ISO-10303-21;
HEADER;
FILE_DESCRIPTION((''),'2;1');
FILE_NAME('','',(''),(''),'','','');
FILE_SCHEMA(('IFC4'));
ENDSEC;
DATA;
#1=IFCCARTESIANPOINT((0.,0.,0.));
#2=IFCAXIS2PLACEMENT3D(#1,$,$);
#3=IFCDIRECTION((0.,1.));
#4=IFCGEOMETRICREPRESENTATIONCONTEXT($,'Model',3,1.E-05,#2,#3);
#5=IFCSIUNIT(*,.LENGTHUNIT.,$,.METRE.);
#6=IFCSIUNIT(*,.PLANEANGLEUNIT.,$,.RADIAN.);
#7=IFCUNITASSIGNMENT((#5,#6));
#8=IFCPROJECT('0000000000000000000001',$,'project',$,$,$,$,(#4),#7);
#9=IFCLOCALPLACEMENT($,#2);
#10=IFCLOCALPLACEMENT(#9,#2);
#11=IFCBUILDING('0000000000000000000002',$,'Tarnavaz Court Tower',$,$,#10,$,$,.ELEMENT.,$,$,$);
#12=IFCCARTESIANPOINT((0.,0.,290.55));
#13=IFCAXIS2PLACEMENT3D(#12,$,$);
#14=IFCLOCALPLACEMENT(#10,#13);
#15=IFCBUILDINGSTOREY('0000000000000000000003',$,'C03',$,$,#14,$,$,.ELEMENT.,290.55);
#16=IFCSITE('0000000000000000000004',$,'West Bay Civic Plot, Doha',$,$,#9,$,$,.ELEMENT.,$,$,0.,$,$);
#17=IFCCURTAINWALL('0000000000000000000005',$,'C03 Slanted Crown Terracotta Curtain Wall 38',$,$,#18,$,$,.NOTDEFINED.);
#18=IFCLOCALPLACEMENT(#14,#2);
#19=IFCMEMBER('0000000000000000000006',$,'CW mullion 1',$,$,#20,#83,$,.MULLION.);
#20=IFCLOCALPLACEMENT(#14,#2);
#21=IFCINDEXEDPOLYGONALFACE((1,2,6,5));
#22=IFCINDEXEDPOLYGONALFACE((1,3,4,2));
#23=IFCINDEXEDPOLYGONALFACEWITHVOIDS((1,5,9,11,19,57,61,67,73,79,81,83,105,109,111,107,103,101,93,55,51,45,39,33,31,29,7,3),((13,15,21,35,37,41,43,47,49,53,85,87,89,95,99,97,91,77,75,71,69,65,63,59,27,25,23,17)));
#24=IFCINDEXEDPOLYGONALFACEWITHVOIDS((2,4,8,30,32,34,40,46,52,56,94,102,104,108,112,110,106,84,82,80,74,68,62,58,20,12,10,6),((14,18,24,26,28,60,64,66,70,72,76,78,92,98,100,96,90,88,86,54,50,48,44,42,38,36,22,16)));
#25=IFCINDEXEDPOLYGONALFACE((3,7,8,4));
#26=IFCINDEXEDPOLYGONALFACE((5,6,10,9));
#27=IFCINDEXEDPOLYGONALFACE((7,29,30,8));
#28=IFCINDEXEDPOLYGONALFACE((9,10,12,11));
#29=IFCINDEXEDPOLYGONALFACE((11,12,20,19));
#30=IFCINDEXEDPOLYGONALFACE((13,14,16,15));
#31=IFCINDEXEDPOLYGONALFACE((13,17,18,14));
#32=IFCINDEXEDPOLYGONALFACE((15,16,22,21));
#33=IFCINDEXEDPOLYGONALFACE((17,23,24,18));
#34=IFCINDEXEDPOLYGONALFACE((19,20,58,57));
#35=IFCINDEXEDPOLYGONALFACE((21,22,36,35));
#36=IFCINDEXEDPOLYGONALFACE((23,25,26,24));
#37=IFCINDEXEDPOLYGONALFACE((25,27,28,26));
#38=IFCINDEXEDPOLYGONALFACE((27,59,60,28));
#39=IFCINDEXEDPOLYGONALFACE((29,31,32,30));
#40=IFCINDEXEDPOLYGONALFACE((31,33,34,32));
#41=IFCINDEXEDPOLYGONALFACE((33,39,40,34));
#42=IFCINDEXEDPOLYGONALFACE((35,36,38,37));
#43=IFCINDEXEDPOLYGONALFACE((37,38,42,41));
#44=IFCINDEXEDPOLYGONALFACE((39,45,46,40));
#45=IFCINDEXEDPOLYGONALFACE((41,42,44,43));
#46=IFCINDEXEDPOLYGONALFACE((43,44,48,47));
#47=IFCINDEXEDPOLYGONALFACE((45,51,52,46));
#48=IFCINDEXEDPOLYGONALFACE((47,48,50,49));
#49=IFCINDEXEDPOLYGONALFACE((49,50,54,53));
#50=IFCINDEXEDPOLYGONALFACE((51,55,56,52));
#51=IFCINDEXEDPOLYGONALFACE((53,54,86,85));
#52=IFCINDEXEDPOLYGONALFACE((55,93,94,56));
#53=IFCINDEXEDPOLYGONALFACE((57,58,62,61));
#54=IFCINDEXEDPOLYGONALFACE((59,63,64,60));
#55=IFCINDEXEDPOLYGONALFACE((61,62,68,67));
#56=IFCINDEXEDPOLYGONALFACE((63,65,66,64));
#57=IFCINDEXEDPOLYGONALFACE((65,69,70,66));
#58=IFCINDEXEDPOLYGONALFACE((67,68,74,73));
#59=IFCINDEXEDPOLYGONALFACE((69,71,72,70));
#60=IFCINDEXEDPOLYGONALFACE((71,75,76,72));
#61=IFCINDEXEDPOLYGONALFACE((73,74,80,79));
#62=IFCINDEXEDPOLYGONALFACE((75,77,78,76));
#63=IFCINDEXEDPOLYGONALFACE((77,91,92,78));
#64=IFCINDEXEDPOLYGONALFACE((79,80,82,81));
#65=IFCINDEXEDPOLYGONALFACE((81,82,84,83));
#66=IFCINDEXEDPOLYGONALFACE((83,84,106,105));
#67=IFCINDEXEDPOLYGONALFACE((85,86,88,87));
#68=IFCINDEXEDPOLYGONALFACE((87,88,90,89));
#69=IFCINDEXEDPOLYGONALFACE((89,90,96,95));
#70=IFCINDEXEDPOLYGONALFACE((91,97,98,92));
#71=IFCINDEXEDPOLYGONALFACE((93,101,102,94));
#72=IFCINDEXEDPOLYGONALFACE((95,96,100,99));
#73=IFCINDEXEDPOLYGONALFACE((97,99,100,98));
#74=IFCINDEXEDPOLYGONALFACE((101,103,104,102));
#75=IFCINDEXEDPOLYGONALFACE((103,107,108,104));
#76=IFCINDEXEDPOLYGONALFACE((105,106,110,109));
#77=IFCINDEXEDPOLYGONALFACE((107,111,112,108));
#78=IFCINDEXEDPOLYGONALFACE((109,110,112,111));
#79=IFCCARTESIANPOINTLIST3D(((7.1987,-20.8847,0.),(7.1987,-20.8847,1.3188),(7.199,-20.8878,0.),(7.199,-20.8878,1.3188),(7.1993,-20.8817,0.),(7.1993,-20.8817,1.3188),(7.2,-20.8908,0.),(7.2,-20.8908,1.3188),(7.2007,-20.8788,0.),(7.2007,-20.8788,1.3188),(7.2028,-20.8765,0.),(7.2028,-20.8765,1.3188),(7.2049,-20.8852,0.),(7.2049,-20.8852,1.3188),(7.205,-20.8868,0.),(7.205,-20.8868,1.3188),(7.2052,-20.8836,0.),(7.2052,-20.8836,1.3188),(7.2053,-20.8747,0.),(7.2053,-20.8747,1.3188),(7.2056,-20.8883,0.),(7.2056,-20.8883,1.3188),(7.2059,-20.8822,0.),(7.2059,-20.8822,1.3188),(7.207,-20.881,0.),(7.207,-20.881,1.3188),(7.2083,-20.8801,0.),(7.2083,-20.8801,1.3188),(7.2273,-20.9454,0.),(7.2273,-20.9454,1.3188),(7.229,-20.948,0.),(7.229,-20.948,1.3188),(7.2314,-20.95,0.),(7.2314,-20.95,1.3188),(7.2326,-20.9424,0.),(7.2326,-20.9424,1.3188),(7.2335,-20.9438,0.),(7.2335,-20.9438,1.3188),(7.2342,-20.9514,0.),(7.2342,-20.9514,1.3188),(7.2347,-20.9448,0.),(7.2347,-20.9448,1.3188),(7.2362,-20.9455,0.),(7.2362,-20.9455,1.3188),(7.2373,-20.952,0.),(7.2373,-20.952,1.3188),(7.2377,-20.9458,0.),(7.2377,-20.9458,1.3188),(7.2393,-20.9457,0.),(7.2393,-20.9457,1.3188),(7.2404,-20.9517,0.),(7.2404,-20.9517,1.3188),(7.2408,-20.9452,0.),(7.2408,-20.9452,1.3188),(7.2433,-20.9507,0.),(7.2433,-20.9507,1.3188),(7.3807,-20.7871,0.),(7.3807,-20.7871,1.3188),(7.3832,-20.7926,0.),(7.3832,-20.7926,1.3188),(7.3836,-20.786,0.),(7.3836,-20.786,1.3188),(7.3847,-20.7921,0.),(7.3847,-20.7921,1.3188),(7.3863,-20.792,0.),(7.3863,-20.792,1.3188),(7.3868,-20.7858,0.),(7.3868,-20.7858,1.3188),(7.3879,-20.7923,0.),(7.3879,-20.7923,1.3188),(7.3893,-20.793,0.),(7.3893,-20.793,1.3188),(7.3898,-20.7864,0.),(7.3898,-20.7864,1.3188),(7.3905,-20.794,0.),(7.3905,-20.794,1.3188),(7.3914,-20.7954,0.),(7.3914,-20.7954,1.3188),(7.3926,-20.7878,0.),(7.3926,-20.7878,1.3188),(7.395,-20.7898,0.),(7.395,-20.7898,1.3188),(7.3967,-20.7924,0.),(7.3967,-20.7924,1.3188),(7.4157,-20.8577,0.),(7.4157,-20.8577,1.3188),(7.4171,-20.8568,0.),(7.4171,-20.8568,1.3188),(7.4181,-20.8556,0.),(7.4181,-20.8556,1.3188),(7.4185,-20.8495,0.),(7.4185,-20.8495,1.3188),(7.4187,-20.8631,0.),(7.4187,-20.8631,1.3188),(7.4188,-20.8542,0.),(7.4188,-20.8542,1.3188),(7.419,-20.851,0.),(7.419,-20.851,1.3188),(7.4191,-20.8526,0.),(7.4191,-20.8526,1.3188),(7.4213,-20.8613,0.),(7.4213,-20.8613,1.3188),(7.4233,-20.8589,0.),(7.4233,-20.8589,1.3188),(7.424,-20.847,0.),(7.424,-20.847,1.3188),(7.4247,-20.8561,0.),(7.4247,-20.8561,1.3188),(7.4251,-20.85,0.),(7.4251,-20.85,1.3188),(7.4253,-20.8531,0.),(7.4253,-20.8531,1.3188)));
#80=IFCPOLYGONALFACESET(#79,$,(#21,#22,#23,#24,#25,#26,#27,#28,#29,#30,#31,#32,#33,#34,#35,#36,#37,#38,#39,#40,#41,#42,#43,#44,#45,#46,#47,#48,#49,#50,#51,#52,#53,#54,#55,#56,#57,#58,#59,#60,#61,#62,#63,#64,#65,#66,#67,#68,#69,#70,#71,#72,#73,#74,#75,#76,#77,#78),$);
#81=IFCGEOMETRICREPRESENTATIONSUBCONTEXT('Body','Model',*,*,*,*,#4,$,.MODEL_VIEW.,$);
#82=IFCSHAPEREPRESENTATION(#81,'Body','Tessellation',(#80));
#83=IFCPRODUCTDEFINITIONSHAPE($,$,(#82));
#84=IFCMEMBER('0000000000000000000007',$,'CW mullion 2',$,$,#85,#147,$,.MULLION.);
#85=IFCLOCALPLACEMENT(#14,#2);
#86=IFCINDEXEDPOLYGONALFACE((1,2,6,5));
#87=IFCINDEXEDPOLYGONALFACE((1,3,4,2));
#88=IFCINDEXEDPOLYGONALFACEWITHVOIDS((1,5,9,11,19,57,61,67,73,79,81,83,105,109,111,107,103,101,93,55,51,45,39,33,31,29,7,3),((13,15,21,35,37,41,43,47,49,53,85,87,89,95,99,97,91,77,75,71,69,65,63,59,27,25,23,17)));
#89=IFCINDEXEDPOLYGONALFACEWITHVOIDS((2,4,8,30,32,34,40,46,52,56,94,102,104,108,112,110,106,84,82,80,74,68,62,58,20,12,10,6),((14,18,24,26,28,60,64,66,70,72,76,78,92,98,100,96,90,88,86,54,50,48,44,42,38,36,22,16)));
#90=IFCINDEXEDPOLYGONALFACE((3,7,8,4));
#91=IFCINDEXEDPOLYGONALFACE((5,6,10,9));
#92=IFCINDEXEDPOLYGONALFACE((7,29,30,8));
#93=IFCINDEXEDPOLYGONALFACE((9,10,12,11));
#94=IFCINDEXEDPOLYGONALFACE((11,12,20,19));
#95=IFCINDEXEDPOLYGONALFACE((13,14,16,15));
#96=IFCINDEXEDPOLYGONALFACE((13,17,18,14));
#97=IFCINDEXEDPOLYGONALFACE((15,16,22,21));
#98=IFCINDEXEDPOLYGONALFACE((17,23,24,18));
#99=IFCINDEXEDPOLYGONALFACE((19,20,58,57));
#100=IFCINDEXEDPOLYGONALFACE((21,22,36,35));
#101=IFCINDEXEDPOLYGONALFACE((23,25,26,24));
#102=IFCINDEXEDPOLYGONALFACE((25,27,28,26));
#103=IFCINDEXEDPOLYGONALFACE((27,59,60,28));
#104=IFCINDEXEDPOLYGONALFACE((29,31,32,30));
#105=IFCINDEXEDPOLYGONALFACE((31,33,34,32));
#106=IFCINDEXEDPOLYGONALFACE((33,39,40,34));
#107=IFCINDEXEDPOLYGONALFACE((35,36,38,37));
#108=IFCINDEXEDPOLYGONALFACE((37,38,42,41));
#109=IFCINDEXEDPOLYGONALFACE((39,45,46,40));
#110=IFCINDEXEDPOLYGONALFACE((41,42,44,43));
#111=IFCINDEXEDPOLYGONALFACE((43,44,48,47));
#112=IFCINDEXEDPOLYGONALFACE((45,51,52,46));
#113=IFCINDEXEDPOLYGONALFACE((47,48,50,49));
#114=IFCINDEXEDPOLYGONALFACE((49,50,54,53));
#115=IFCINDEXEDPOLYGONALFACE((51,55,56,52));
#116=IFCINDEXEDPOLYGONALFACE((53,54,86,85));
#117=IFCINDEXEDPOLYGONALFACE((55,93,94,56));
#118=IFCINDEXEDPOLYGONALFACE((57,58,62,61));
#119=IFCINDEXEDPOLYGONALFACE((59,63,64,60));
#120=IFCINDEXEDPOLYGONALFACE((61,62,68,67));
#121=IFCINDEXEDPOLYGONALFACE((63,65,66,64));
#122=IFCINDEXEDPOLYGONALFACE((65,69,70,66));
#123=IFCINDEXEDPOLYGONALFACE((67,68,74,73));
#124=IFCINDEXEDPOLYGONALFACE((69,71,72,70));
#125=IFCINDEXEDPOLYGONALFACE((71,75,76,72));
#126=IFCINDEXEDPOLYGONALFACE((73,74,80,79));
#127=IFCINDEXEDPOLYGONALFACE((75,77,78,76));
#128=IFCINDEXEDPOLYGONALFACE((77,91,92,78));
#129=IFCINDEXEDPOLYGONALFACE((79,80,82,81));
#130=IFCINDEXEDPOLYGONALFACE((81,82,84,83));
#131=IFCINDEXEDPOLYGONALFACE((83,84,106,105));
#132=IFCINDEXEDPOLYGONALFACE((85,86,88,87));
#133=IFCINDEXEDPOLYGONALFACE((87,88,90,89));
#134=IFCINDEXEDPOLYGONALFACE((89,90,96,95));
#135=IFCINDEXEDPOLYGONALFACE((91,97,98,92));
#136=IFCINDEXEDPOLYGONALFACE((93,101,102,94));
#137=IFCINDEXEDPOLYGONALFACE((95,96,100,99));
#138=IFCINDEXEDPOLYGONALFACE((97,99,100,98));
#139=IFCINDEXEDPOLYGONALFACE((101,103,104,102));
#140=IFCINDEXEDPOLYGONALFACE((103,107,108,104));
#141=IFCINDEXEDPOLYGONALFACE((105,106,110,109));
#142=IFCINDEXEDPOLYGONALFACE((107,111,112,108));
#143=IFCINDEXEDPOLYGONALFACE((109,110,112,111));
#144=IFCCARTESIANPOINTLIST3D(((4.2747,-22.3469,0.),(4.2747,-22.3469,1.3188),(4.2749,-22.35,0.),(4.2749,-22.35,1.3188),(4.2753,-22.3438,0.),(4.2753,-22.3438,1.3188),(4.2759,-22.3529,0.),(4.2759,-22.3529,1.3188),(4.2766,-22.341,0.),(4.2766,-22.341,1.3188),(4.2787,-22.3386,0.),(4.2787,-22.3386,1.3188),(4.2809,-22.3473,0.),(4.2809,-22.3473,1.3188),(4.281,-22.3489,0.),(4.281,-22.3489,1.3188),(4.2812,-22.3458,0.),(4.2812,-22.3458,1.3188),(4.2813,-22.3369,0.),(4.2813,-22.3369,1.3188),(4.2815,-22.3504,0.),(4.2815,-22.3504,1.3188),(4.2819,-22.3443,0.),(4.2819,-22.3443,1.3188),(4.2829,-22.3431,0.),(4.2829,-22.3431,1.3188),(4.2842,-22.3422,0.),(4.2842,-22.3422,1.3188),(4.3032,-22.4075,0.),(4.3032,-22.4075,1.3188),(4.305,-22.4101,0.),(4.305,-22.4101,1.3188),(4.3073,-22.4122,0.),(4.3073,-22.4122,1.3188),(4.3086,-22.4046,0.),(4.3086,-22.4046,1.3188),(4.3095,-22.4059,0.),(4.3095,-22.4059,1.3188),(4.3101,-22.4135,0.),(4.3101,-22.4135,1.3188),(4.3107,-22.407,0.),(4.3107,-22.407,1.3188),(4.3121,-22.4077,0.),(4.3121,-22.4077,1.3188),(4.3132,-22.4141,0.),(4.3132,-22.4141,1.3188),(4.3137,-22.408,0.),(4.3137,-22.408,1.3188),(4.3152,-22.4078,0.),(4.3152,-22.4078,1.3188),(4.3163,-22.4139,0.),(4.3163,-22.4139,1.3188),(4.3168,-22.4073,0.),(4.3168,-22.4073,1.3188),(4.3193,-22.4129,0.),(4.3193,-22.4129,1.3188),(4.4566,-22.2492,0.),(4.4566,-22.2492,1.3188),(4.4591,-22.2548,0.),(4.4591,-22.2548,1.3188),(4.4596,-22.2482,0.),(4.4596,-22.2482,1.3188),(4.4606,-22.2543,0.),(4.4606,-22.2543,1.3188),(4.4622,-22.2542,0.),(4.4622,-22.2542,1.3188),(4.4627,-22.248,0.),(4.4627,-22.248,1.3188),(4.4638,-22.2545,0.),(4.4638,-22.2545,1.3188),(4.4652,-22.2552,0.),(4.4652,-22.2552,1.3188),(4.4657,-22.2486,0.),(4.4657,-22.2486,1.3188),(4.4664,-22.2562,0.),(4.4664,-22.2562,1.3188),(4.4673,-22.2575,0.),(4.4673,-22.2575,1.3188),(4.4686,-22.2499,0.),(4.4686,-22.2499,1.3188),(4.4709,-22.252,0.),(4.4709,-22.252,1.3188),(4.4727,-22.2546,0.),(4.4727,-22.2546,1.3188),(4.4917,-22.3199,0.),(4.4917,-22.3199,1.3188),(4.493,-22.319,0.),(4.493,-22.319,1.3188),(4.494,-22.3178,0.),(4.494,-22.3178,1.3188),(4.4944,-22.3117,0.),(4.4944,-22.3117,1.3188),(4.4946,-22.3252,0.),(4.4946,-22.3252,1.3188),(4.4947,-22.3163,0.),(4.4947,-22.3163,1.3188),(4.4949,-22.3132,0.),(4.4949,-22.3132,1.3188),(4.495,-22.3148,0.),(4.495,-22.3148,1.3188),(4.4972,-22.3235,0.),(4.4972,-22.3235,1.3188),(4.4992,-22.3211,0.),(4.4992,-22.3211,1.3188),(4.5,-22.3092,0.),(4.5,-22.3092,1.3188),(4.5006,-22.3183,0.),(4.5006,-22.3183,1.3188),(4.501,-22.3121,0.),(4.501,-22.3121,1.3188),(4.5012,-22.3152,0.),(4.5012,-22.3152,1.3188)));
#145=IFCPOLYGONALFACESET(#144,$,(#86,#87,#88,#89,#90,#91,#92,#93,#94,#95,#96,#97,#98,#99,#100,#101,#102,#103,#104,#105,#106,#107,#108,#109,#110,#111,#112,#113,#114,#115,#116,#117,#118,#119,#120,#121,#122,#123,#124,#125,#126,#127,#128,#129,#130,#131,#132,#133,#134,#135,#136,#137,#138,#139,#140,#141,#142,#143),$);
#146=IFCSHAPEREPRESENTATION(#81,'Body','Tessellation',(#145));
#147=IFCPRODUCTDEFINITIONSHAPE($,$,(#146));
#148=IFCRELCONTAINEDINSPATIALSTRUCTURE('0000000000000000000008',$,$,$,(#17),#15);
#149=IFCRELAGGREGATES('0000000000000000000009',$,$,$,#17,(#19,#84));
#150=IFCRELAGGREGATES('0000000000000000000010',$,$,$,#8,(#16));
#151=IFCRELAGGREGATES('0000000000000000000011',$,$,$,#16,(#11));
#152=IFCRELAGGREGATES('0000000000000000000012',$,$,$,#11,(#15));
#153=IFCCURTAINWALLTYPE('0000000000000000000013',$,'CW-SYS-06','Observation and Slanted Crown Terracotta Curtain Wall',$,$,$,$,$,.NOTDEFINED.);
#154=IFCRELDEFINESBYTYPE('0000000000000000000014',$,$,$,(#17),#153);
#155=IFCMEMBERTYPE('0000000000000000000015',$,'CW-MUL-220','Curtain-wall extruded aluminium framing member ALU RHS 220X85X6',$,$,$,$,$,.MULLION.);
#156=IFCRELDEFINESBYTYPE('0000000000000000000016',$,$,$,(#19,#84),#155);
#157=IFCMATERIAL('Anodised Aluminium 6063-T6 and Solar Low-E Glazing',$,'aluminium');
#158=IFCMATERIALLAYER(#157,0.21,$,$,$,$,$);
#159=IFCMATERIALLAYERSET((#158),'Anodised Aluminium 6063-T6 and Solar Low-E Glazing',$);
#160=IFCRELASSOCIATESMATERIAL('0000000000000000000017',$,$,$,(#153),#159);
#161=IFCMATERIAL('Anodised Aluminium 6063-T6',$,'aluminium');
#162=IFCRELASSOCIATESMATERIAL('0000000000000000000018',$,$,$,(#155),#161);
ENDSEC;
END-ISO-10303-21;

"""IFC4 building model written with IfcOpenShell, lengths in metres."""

from ifc_helpers import new_model, si_unit, direction, frame, origin, origin_2d, place, context, subcontext, project, spatial, hollow_rectangle, extrude, material, layer, layer_set, material_profile, profile_set, type_object, element, aggregate, save


model = new_model("IFC4")

# Units and contexts
model_context = context("Model", 3, precision=1e-05, world=origin(), true_north=direction((0.0, 1.0)))
body_context = subcontext(model_context, "Body", "Model", "MODEL_VIEW")
ifc_project = project(units=[si_unit("LENGTHUNIT", "METRE"), si_unit("PLANEANGLEUNIT", "RADIAN")], contexts=[model_context])

# Site, building, storey
site_placement = place(None, origin())
site = spatial("IfcSite", under=ifc_project, at=site_placement, Name="West Bay Civic Plot, Doha", CompositionType="ELEMENT", RefElevation=0.0)
building_placement = place(site_placement, origin())
building = spatial("IfcBuilding", under=site, at=building_placement, Name="Tarnavaz Court Tower", CompositionType="ELEMENT")
storey_placement = place(building_placement, frame((0.0, 0.0, 290.55)))
storey = spatial("IfcBuildingStorey", under=building, at=storey_placement, Name="C03", CompositionType="ELEMENT", Elevation=290.55)

# Shared definitions
ifc_material_1 = material(Name="Anodised Aluminium 6063-T6 and Solar Low-E Glazing", Category="aluminium")
ifc_layer_1 = layer(ifc_material_1, 0.21)
ifc_layer_set_1 = layer_set([ifc_layer_1], Name="Anodised Aluminium 6063-T6 and Solar Low-E Glazing")
curtain_wall_type = type_object("IfcCurtainWallType", Name="CW-SYS-06", Description="Observation and Slanted Crown Terracotta Curtain Wall", PredefinedType="NOTDEFINED", material=ifc_layer_set_1)
ifc_material_2 = material(Name="Anodised Aluminium 6063-T6", Category="aluminium")
ifc_material_profile_1 = material_profile(ifc_material_2, hollow_rectangle(XDim=0.085, YDim=0.22, WallThickness=0.0061, InnerFilletRadius=0.0061, OuterFilletRadius=0.012, at=origin_2d()), Name="ALU RHS 220X85X6")
ifc_profile_set_1 = profile_set([ifc_material_profile_1], Name="Anodised Aluminium 6063-T6")
member_type_1 = type_object("IfcMemberType", Name="CW-MUL-220", Description="Curtain-wall extruded aluminium framing member ALU RHS 220X85X6", PredefinedType="MULLION", material=ifc_profile_set_1)

# Curtain wall, members
curtain_wall_1_placement = place(storey_placement, origin())
curtain_wall_1 = element("IfcCurtainWall", 1, at=curtain_wall_1_placement, inside=storey, type_object=curtain_wall_type, Name="C03 Slanted Crown Terracotta Curtain Wall 38", PredefinedType="NOTDEFINED")
member_1_placement = place(storey_placement, frame((7.312, -20.8689, 0.0), z_axis=(0.0, 0.0, 1.0), x_axis=(0.447214, -0.894427, 0.0)))
member_1 = element("IfcMember", 2, at=member_1_placement, type_object=member_type_1, Name="CW mullion 1", PredefinedType="MULLION", context=body_context, shape_type="SweptSolid", body=[
    extrude(hollow_rectangle(XDim=0.085, YDim=0.22, WallThickness=0.0061, InnerFilletRadius=0.0061, OuterFilletRadius=0.012, at=origin_2d()), origin(), (0.0, 0.0, 1.0), 1.3188),
])
member_2_placement = place(storey_placement, frame((4.3879, -22.3311, 0.0), z_axis=(0.0, 0.0, 1.0), x_axis=(0.447214, -0.894427, 0.0)))
member_2 = element("IfcMember", 3, at=member_2_placement, type_object=member_type_1, Name="CW mullion 2", PredefinedType="MULLION", context=body_context, shape_type="SweptSolid", body=[
    extrude(hollow_rectangle(XDim=0.085, YDim=0.22, WallThickness=0.0061, InnerFilletRadius=0.0061, OuterFilletRadius=0.012, at=origin_2d()), origin(), (0.0, 0.0, 1.0), 1.3188),
])

aggregate(curtain_wall_1, [member_1, member_2])

save(model, "model.ifc")
